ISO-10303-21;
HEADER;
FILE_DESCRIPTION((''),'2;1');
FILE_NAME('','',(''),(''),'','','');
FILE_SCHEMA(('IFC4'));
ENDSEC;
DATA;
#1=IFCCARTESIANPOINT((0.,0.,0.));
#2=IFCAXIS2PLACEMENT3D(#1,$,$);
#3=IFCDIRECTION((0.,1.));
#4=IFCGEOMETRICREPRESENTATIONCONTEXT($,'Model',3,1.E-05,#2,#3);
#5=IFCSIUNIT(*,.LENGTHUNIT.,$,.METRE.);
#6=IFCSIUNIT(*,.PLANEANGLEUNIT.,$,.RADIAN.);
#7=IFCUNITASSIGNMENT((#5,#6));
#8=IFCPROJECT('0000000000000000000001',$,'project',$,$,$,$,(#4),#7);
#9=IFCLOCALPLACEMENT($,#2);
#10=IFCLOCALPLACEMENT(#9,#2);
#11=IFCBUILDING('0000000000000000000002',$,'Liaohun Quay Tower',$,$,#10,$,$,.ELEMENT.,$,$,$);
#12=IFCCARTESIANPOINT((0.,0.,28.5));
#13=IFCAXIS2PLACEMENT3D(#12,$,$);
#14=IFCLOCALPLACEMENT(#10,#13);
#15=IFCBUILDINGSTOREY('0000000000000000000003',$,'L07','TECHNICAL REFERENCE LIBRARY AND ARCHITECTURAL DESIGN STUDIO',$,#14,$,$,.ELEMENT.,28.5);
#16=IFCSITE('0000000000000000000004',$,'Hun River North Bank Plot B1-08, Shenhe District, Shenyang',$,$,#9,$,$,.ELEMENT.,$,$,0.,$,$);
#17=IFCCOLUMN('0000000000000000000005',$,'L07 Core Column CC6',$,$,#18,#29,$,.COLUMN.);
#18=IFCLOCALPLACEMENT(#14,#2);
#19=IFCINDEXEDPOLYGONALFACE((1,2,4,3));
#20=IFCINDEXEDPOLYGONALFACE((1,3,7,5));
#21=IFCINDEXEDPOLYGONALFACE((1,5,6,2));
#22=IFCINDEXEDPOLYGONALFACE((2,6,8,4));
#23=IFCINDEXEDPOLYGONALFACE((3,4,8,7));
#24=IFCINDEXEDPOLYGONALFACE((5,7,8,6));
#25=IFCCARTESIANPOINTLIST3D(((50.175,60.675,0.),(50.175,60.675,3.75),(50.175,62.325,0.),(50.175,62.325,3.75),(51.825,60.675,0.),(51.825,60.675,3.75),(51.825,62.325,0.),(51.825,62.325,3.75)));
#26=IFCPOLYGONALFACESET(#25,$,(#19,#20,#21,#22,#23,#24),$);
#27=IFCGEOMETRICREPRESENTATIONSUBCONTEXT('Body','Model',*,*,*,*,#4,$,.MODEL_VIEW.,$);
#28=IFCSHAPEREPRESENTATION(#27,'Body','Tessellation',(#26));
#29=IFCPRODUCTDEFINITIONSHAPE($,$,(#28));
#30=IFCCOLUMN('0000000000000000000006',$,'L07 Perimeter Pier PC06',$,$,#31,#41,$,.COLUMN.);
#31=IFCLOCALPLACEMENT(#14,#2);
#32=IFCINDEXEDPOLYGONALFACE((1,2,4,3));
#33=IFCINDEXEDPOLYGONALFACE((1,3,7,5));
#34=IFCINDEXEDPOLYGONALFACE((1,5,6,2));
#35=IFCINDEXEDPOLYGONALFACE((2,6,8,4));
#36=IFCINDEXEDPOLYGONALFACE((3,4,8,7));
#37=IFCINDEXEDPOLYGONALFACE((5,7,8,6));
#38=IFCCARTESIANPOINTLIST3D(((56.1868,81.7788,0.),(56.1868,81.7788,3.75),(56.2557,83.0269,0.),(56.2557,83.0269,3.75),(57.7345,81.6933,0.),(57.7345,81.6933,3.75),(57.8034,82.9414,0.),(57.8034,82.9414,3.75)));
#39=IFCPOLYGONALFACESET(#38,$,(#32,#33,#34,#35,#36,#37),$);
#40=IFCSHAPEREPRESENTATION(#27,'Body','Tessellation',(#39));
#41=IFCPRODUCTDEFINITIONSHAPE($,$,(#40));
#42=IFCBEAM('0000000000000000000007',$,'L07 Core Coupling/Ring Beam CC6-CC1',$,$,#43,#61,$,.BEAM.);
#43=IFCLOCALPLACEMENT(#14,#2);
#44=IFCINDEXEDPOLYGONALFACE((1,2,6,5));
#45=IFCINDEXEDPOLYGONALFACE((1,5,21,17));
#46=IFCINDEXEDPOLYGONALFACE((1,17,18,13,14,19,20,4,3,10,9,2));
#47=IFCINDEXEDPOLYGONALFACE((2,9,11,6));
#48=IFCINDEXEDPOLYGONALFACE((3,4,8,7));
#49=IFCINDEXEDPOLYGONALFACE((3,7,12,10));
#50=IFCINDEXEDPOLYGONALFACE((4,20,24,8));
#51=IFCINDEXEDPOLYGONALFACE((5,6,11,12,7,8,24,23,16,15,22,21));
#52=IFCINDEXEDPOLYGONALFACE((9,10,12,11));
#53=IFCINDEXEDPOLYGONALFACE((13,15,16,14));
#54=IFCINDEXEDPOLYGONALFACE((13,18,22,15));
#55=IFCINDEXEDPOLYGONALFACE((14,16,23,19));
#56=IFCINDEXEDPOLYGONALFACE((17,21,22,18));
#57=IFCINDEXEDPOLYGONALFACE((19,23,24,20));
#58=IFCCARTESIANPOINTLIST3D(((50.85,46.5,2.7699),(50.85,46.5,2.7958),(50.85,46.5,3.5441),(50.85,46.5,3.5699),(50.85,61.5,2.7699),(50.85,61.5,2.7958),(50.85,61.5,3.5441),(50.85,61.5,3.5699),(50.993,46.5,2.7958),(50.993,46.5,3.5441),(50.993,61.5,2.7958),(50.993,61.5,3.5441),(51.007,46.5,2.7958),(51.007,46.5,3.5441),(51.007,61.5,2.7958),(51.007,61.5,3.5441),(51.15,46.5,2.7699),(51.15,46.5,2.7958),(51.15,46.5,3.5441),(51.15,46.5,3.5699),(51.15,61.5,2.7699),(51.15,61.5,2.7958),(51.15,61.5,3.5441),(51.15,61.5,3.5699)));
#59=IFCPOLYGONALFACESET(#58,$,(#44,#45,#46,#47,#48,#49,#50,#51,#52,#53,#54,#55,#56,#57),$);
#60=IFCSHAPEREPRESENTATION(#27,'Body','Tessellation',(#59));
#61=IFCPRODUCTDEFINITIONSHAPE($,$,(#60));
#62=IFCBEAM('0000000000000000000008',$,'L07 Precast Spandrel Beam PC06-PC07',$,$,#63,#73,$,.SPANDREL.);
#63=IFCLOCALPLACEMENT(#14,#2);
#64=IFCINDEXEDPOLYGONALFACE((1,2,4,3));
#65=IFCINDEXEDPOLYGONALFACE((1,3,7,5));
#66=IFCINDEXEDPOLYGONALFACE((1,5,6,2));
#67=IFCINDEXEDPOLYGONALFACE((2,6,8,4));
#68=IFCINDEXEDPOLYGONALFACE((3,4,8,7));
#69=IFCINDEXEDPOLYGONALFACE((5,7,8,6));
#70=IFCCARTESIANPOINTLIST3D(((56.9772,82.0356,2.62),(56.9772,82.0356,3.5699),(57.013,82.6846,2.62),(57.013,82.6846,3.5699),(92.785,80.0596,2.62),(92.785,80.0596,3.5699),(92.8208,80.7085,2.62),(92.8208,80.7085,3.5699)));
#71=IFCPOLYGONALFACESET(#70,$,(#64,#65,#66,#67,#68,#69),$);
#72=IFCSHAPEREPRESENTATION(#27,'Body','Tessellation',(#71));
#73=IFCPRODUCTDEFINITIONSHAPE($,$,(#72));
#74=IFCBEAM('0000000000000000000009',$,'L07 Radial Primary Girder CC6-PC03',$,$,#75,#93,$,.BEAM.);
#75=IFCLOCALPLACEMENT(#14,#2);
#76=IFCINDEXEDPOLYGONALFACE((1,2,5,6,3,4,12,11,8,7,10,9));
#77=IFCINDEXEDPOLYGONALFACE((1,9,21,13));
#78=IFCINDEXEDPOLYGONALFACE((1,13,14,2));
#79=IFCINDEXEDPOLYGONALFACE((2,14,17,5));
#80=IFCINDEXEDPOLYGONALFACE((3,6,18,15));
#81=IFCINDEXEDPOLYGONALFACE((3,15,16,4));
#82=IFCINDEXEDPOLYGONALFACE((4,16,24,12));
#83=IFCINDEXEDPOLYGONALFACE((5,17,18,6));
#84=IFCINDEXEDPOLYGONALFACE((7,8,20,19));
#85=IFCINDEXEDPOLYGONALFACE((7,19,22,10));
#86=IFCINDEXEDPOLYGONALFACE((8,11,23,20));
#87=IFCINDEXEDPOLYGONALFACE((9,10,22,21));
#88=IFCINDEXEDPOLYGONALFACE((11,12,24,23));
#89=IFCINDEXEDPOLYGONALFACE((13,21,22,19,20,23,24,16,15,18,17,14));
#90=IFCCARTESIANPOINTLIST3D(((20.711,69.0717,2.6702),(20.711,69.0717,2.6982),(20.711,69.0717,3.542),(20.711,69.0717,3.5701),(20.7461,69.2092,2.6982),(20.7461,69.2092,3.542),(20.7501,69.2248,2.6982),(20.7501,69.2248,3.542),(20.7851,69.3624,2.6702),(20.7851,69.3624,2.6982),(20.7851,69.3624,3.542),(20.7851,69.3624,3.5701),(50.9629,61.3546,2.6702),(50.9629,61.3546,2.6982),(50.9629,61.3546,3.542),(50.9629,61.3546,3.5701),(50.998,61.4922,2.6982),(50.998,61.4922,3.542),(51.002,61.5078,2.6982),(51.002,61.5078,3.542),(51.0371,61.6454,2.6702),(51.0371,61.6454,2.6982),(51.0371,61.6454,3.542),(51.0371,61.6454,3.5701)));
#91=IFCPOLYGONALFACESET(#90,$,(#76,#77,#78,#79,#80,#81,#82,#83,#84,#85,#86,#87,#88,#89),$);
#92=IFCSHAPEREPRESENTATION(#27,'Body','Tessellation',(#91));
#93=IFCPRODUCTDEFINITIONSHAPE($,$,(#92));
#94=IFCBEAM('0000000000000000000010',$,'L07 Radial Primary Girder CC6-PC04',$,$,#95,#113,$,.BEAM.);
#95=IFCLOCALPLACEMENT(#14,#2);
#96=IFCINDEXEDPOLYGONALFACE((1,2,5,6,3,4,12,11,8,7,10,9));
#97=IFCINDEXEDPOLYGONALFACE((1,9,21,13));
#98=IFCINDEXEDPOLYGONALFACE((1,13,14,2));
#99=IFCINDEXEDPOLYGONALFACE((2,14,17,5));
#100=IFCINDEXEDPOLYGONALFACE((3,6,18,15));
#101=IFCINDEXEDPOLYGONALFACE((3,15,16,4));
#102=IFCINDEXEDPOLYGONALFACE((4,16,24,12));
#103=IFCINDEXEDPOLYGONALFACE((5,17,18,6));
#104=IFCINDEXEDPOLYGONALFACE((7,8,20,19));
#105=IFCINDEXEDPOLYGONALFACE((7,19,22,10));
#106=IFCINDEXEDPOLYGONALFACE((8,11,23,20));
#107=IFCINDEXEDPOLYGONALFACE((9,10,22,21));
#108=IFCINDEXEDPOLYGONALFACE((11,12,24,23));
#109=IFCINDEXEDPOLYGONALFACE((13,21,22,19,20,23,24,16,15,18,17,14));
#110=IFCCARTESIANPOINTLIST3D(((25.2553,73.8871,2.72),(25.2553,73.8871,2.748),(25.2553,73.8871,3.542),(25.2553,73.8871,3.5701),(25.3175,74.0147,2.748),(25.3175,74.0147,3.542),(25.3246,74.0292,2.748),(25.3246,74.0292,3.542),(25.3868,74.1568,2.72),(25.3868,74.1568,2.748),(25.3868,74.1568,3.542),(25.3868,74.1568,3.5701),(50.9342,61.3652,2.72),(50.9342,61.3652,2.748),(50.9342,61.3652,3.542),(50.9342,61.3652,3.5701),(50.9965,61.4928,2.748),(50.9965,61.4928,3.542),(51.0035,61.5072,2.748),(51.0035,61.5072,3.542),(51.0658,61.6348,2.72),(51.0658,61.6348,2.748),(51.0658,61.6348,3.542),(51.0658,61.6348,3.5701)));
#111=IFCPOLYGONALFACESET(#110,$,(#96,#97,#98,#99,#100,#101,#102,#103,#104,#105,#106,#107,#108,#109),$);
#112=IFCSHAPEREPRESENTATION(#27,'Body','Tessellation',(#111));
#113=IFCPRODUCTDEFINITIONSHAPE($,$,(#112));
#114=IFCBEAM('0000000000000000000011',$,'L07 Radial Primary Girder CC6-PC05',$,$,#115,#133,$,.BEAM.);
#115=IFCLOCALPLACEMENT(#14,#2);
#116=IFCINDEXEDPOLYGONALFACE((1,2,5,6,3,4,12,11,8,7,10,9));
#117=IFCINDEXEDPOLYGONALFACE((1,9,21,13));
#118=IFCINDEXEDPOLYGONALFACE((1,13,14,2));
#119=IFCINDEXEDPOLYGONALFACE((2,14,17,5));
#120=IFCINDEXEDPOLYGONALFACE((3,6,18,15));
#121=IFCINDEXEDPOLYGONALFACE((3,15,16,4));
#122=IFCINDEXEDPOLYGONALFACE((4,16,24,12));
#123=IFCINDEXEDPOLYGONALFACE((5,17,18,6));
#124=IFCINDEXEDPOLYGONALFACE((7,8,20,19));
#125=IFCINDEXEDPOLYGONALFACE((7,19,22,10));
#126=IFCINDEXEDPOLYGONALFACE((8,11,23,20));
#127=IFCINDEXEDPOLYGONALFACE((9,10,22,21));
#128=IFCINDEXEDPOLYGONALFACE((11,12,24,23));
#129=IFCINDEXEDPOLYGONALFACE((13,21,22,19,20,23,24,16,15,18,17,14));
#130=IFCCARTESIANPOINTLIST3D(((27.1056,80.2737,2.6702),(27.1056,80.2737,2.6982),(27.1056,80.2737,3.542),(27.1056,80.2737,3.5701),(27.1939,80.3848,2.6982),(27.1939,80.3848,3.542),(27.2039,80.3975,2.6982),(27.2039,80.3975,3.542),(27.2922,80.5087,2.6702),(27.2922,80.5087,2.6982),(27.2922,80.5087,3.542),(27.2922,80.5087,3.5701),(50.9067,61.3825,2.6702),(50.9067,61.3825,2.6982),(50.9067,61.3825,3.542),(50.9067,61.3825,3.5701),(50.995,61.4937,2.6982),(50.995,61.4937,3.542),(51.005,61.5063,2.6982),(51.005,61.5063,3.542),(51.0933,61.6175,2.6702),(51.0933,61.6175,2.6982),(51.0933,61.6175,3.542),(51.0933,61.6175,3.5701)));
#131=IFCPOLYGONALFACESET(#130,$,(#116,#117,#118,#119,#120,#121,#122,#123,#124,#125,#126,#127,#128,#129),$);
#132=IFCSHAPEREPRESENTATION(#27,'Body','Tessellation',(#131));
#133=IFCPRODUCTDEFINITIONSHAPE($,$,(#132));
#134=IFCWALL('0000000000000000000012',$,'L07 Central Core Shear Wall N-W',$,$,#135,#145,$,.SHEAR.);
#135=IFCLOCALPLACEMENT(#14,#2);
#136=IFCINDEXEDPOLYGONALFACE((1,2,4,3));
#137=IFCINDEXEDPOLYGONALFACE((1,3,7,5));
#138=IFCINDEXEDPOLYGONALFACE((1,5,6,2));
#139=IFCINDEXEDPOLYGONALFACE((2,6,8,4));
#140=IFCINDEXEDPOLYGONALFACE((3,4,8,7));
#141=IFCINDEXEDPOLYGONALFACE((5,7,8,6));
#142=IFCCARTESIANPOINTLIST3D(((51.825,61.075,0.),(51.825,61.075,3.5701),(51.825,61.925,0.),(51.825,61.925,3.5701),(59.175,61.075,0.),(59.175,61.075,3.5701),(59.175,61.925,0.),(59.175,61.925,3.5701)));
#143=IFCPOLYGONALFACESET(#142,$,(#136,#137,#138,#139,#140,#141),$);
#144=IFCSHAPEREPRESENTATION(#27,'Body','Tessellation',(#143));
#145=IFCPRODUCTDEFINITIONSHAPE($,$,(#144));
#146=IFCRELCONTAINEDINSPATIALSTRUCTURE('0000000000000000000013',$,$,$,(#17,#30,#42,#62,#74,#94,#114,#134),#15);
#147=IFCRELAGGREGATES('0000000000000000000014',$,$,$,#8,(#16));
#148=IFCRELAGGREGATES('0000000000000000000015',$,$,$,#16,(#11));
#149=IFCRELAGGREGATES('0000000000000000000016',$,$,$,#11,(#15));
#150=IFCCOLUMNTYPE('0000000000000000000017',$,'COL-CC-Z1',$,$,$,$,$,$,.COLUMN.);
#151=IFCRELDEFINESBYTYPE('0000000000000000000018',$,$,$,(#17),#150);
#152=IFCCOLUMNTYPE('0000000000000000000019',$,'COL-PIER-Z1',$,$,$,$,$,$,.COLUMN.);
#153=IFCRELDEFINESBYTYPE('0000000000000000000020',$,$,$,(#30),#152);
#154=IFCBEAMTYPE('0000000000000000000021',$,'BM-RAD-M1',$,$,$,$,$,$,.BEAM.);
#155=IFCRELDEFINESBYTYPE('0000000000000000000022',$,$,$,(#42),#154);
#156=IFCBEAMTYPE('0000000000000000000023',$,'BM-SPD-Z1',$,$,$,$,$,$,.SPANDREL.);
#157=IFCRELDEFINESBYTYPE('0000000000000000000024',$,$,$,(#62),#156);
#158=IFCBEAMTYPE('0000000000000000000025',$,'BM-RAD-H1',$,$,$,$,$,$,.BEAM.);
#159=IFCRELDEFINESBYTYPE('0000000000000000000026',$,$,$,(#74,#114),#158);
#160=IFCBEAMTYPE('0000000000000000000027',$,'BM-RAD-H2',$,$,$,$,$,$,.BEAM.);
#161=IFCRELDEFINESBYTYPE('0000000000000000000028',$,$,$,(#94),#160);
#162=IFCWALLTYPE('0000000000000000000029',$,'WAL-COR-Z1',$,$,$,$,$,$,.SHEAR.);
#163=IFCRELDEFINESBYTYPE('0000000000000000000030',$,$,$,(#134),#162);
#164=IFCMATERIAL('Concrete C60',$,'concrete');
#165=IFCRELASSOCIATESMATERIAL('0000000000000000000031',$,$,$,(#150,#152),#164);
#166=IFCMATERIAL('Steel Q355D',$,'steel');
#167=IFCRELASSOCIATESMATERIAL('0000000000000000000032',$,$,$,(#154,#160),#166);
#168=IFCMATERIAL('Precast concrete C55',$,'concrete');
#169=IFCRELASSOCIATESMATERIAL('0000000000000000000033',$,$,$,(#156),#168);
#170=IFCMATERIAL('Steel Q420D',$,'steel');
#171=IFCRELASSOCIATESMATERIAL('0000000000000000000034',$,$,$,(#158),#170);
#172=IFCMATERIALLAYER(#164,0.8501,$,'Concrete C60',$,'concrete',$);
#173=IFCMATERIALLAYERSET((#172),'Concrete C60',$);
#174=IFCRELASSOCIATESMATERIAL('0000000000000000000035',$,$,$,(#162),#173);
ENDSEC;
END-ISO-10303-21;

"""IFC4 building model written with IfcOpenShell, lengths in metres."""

from ifc_helpers import new_model, si_unit, direction, frame, frame_2d, origin, origin_2d, place, context, subcontext, project, spatial, rectangle, i_section, extrude, source, transform, mapped, material, layer, layer_set, material_profile, profile_set, type_object, element, save


model = new_model("IFC4")

# Units and contexts
model_context = context("Model", 3, precision=1e-05, world=origin(), true_north=direction((0.0, 1.0)))
body_context = subcontext(model_context, "Body", "Model", "MODEL_VIEW")
ifc_project = project(units=[si_unit("LENGTHUNIT", "METRE"), si_unit("PLANEANGLEUNIT", "RADIAN")], contexts=[model_context])

# Site, building, storey
site_placement = place(None, origin())
site = spatial("IfcSite", under=ifc_project, at=site_placement, Name="Hun River North Bank Plot B1-08, Shenhe District, Shenyang", CompositionType="ELEMENT", RefElevation=0.0)
building_placement = place(site_placement, origin())
building = spatial("IfcBuilding", under=site, at=building_placement, Name="Liaohun Quay Tower", CompositionType="ELEMENT")
storey_placement = place(building_placement, frame((0.0, 0.0, 28.5)))
storey = spatial("IfcBuildingStorey", under=building, at=storey_placement, Name="L07", Description="TECHNICAL REFERENCE LIBRARY AND ARCHITECTURAL DESIGN STUDIO", CompositionType="ELEMENT", Elevation=28.5)

# Columns
ifc_material_1 = material(Name="Concrete C60", Category="concrete")
ifc_material_profile_1 = material_profile(ifc_material_1, rectangle(XDim=1.6499, YDim=1.6499, at=origin_2d()), Name="RC1650x1650")
ifc_profile_set_1 = profile_set([ifc_material_profile_1], Name="Concrete C60")
column_type_1 = type_object("IfcColumnType", Name="COL-CC-Z1", PredefinedType="COLUMN", material=ifc_profile_set_1)
shared_shape_1 = source(origin(), body_context, "Body", "SweptSolid", [
    extrude(rectangle(XDim=1.6499, YDim=1.6499, at=origin_2d()), origin(), (0.0, 0.0, 1.0), 3.75),
])
column_1_placement = place(storey_placement, frame((51.0, 61.5, 0.0), z_axis=(0.0, 0.0, 1.0), x_axis=(1.0, 0.0, 0.0)))
element("IfcColumn", 1, at=column_1_placement, inside=storey, type_object=column_type_1, Name="L07 Core Column CC6", PredefinedType="COLUMN", context=body_context, shape_type="MappedRepresentation", body=[
    mapped(shared_shape_1, transform((0.0, 0.0, 0.0), x_axis=(1.0, 0.0, 0.0), y_axis=(0.0, 1.0, 0.0), z_axis=(0.0, 0.0, 1.0), scale=1.0)),
])
ifc_material_profile_2 = material_profile(ifc_material_1, rectangle(XDim=1.55, YDim=1.25, at=origin_2d()), Name="RC1550x1250")
ifc_profile_set_2 = profile_set([ifc_material_profile_2], Name="Concrete C60")
column_type_2 = type_object("IfcColumnType", Name="COL-PIER-Z1", PredefinedType="COLUMN", material=ifc_profile_set_2)
shared_shape_2 = source(origin(), body_context, "Body", "SweptSolid", [
    extrude(rectangle(XDim=1.55, YDim=1.25, at=origin_2d()), origin(), (0.0, 0.0, 1.0), 3.75),
])
column_2_placement = place(storey_placement, frame((56.9951, 82.3601, 0.0), z_axis=(0.0, 0.0, 1.0), x_axis=(-0.998479, 0.055124, 0.0)))
element("IfcColumn", 2, at=column_2_placement, inside=storey, type_object=column_type_2, Name="L07 Perimeter Pier PC06", PredefinedType="COLUMN", context=body_context, shape_type="MappedRepresentation", body=[
    mapped(shared_shape_2, transform((0.0, 0.0, 0.0), x_axis=(1.0, 0.0, 0.0), y_axis=(0.0, 1.0, 0.0), z_axis=(0.0, 0.0, 1.0), scale=1.0)),
])

# Beams
ifc_material_2 = material(Name="Steel Q355D", Category="steel")
ifc_material_profile_3 = material_profile(ifc_material_2, i_section(OverallWidth=0.3, OverallDepth=0.8, WebThickness=0.0139, FlangeThickness=0.0259, at=origin_2d()), Name="HN800x300x14x26")
ifc_profile_set_3 = profile_set([ifc_material_profile_3], Name="Steel Q355D")
beam_type_1 = type_object("IfcBeamType", Name="BM-RAD-M1", PredefinedType="BEAM", material=ifc_profile_set_3)
shared_shape_3 = source(origin(), body_context, "Body", "SweptSolid", [
    extrude(i_section(OverallWidth=0.3, OverallDepth=0.8, WebThickness=0.0139, FlangeThickness=0.0259, at=origin_2d()), origin(), (0.0, 0.0, 1.0), 15.0),
])
beam_1_placement = place(storey_placement, frame((51.0, 61.5, 3.1699), z_axis=(0.0, -1.0, 0.0), x_axis=(1.0, 0.0, 0.0)))
element("IfcBeam", 3, at=beam_1_placement, inside=storey, type_object=beam_type_1, Name="L07 Core Coupling/Ring Beam CC6-CC1", PredefinedType="BEAM", context=body_context, shape_type="MappedRepresentation", body=[
    mapped(shared_shape_3, transform((0.0, 0.0, 0.0), x_axis=(1.0, 0.0, 0.0), y_axis=(0.0, 1.0, 0.0), z_axis=(0.0, 0.0, 1.0), scale=1.0)),
])
ifc_material_3 = material(Name="Precast concrete C55", Category="concrete")
ifc_material_profile_4 = material_profile(ifc_material_3, rectangle(XDim=0.6499, YDim=0.95, at=origin_2d()), Name="RC650x950")
ifc_profile_set_4 = profile_set([ifc_material_profile_4], Name="Precast concrete C55")
beam_type_2 = type_object("IfcBeamType", Name="BM-SPD-Z1", PredefinedType="SPANDREL", material=ifc_profile_set_4)
shared_shape_4 = source(origin(), body_context, "Body", "SweptSolid", [
    extrude(rectangle(XDim=0.6499, YDim=0.95, at=origin_2d()), origin(), (0.0, 0.0, 1.0), 35.8623),
])
beam_2_placement = place(storey_placement, frame((56.9951, 82.3601, 3.095), z_axis=(0.998481, -0.055102, 0.0), x_axis=(0.055102, 0.998481, 0.0)))
element("IfcBeam", 4, at=beam_2_placement, inside=storey, type_object=beam_type_2, Name="L07 Precast Spandrel Beam PC06-PC07", PredefinedType="SPANDREL", context=body_context, shape_type="MappedRepresentation", body=[
    mapped(shared_shape_4, transform((0.0, 0.0, 0.0), x_axis=(1.0, 0.0, 0.0), y_axis=(0.0, 1.0, 0.0), z_axis=(0.0, 0.0, 1.0), scale=1.0)),
])
ifc_material_4 = material(Name="Steel Q420D", Category="steel")
ifc_material_profile_5 = material_profile(ifc_material_4, i_section(OverallWidth=0.3, OverallDepth=0.8999, WebThickness=0.0161, FlangeThickness=0.0281, at=origin_2d()), Name="HN900x300x16x28")
ifc_profile_set_5 = profile_set([ifc_material_profile_5], Name="Steel Q420D")
beam_type_3 = type_object("IfcBeamType", Name="BM-RAD-H1", PredefinedType="BEAM", material=ifc_profile_set_5)
shared_shape_5 = source(origin(), body_context, "Body", "SweptSolid", [
    extrude(i_section(OverallWidth=0.3, OverallDepth=0.8999, WebThickness=0.0161, FlangeThickness=0.0281, at=origin_2d()), origin(), (0.0, 0.0, 1.0), 31.2207),
])
beam_3_placement = place(storey_placement, frame((51.0, 61.5, 3.1201), z_axis=(-0.96897, 0.247177, 0.0), x_axis=(-0.247177, -0.96897, 0.0)))
element("IfcBeam", 5, at=beam_3_placement, inside=storey, type_object=beam_type_3, Name="L07 Radial Primary Girder CC6-PC03", PredefinedType="BEAM", context=body_context, shape_type="MappedRepresentation", body=[
    mapped(shared_shape_5, transform((0.0, 0.0, 0.0), x_axis=(1.0, 0.0, 0.0), y_axis=(0.0, 1.0, 0.0), z_axis=(0.0, 0.0, 1.0), scale=1.0)),
])
ifc_material_profile_6 = material_profile(ifc_material_2, i_section(OverallWidth=0.3, OverallDepth=0.8501, WebThickness=0.0161, FlangeThickness=0.0281, at=origin_2d()), Name="HN850x300x16x28")
ifc_profile_set_6 = profile_set([ifc_material_profile_6], Name="Steel Q355D")
beam_type_4 = type_object("IfcBeamType", Name="BM-RAD-H2", PredefinedType="BEAM", material=ifc_profile_set_6)
shared_shape_6 = source(origin(), body_context, "Body", "SweptSolid", [
    extrude(i_section(OverallWidth=0.3, OverallDepth=0.8501, WebThickness=0.0161, FlangeThickness=0.0281, at=origin_2d()), origin(), (0.0, 0.0, 1.0), 28.5693),
])
beam_4_placement = place(storey_placement, frame((51.0, 61.5, 3.145), z_axis=(-0.898828, 0.438301, 0.0), x_axis=(-0.438301, -0.898828, 0.0)))
element("IfcBeam", 6, at=beam_4_placement, inside=storey, type_object=beam_type_4, Name="L07 Radial Primary Girder CC6-PC04", PredefinedType="BEAM", context=body_context, shape_type="MappedRepresentation", body=[
    mapped(shared_shape_6, transform((0.0, 0.0, 0.0), x_axis=(1.0, 0.0, 0.0), y_axis=(0.0, 1.0, 0.0), z_axis=(0.0, 0.0, 1.0), scale=1.0)),
])
shared_shape_7 = source(origin(), body_context, "Body", "SweptSolid", [
    extrude(i_section(OverallWidth=0.3, OverallDepth=0.8999, WebThickness=0.0161, FlangeThickness=0.0281, at=origin_2d()), origin(), (0.0, 0.0, 1.0), 30.387),
])
beam_5_placement = place(storey_placement, frame((51.0, 61.5, 3.1201), z_axis=(-0.783266, 0.621686, 0.0), x_axis=(-0.621686, -0.783266, 0.0)))
element("IfcBeam", 7, at=beam_5_placement, inside=storey, type_object=beam_type_3, Name="L07 Radial Primary Girder CC6-PC05", PredefinedType="BEAM", context=body_context, shape_type="MappedRepresentation", body=[
    mapped(shared_shape_7, transform((0.0, 0.0, 0.0), x_axis=(1.0, 0.0, 0.0), y_axis=(0.0, 1.0, 0.0), z_axis=(0.0, 0.0, 1.0), scale=1.0)),
])

# Wall
ifc_layer_1 = layer(ifc_material_1, 0.8501, Name="Concrete C60", Category="concrete")
ifc_layer_set_1 = layer_set([ifc_layer_1], Name="Concrete C60")
wall_type_1 = type_object("IfcWallType", Name="WAL-COR-Z1", PredefinedType="SHEAR", material=ifc_layer_set_1)
wall_1_placement = place(storey_placement, frame((51.825, 61.5, 0.0), z_axis=(0.0, 0.0, 1.0), x_axis=(1.0, 0.0, 0.0)))
element("IfcWall", 8, at=wall_1_placement, inside=storey, type_object=wall_type_1, Name="L07 Central Core Shear Wall N-W", PredefinedType="SHEAR", context=body_context, shape_type="SweptSolid", body=[
    extrude(rectangle(XDim=7.3501, YDim=0.8501, at=frame_2d((3.675, 0.0))), origin(), (0.0, 0.0, 1.0), 3.5701),
])

save(model, "model.ifc")
